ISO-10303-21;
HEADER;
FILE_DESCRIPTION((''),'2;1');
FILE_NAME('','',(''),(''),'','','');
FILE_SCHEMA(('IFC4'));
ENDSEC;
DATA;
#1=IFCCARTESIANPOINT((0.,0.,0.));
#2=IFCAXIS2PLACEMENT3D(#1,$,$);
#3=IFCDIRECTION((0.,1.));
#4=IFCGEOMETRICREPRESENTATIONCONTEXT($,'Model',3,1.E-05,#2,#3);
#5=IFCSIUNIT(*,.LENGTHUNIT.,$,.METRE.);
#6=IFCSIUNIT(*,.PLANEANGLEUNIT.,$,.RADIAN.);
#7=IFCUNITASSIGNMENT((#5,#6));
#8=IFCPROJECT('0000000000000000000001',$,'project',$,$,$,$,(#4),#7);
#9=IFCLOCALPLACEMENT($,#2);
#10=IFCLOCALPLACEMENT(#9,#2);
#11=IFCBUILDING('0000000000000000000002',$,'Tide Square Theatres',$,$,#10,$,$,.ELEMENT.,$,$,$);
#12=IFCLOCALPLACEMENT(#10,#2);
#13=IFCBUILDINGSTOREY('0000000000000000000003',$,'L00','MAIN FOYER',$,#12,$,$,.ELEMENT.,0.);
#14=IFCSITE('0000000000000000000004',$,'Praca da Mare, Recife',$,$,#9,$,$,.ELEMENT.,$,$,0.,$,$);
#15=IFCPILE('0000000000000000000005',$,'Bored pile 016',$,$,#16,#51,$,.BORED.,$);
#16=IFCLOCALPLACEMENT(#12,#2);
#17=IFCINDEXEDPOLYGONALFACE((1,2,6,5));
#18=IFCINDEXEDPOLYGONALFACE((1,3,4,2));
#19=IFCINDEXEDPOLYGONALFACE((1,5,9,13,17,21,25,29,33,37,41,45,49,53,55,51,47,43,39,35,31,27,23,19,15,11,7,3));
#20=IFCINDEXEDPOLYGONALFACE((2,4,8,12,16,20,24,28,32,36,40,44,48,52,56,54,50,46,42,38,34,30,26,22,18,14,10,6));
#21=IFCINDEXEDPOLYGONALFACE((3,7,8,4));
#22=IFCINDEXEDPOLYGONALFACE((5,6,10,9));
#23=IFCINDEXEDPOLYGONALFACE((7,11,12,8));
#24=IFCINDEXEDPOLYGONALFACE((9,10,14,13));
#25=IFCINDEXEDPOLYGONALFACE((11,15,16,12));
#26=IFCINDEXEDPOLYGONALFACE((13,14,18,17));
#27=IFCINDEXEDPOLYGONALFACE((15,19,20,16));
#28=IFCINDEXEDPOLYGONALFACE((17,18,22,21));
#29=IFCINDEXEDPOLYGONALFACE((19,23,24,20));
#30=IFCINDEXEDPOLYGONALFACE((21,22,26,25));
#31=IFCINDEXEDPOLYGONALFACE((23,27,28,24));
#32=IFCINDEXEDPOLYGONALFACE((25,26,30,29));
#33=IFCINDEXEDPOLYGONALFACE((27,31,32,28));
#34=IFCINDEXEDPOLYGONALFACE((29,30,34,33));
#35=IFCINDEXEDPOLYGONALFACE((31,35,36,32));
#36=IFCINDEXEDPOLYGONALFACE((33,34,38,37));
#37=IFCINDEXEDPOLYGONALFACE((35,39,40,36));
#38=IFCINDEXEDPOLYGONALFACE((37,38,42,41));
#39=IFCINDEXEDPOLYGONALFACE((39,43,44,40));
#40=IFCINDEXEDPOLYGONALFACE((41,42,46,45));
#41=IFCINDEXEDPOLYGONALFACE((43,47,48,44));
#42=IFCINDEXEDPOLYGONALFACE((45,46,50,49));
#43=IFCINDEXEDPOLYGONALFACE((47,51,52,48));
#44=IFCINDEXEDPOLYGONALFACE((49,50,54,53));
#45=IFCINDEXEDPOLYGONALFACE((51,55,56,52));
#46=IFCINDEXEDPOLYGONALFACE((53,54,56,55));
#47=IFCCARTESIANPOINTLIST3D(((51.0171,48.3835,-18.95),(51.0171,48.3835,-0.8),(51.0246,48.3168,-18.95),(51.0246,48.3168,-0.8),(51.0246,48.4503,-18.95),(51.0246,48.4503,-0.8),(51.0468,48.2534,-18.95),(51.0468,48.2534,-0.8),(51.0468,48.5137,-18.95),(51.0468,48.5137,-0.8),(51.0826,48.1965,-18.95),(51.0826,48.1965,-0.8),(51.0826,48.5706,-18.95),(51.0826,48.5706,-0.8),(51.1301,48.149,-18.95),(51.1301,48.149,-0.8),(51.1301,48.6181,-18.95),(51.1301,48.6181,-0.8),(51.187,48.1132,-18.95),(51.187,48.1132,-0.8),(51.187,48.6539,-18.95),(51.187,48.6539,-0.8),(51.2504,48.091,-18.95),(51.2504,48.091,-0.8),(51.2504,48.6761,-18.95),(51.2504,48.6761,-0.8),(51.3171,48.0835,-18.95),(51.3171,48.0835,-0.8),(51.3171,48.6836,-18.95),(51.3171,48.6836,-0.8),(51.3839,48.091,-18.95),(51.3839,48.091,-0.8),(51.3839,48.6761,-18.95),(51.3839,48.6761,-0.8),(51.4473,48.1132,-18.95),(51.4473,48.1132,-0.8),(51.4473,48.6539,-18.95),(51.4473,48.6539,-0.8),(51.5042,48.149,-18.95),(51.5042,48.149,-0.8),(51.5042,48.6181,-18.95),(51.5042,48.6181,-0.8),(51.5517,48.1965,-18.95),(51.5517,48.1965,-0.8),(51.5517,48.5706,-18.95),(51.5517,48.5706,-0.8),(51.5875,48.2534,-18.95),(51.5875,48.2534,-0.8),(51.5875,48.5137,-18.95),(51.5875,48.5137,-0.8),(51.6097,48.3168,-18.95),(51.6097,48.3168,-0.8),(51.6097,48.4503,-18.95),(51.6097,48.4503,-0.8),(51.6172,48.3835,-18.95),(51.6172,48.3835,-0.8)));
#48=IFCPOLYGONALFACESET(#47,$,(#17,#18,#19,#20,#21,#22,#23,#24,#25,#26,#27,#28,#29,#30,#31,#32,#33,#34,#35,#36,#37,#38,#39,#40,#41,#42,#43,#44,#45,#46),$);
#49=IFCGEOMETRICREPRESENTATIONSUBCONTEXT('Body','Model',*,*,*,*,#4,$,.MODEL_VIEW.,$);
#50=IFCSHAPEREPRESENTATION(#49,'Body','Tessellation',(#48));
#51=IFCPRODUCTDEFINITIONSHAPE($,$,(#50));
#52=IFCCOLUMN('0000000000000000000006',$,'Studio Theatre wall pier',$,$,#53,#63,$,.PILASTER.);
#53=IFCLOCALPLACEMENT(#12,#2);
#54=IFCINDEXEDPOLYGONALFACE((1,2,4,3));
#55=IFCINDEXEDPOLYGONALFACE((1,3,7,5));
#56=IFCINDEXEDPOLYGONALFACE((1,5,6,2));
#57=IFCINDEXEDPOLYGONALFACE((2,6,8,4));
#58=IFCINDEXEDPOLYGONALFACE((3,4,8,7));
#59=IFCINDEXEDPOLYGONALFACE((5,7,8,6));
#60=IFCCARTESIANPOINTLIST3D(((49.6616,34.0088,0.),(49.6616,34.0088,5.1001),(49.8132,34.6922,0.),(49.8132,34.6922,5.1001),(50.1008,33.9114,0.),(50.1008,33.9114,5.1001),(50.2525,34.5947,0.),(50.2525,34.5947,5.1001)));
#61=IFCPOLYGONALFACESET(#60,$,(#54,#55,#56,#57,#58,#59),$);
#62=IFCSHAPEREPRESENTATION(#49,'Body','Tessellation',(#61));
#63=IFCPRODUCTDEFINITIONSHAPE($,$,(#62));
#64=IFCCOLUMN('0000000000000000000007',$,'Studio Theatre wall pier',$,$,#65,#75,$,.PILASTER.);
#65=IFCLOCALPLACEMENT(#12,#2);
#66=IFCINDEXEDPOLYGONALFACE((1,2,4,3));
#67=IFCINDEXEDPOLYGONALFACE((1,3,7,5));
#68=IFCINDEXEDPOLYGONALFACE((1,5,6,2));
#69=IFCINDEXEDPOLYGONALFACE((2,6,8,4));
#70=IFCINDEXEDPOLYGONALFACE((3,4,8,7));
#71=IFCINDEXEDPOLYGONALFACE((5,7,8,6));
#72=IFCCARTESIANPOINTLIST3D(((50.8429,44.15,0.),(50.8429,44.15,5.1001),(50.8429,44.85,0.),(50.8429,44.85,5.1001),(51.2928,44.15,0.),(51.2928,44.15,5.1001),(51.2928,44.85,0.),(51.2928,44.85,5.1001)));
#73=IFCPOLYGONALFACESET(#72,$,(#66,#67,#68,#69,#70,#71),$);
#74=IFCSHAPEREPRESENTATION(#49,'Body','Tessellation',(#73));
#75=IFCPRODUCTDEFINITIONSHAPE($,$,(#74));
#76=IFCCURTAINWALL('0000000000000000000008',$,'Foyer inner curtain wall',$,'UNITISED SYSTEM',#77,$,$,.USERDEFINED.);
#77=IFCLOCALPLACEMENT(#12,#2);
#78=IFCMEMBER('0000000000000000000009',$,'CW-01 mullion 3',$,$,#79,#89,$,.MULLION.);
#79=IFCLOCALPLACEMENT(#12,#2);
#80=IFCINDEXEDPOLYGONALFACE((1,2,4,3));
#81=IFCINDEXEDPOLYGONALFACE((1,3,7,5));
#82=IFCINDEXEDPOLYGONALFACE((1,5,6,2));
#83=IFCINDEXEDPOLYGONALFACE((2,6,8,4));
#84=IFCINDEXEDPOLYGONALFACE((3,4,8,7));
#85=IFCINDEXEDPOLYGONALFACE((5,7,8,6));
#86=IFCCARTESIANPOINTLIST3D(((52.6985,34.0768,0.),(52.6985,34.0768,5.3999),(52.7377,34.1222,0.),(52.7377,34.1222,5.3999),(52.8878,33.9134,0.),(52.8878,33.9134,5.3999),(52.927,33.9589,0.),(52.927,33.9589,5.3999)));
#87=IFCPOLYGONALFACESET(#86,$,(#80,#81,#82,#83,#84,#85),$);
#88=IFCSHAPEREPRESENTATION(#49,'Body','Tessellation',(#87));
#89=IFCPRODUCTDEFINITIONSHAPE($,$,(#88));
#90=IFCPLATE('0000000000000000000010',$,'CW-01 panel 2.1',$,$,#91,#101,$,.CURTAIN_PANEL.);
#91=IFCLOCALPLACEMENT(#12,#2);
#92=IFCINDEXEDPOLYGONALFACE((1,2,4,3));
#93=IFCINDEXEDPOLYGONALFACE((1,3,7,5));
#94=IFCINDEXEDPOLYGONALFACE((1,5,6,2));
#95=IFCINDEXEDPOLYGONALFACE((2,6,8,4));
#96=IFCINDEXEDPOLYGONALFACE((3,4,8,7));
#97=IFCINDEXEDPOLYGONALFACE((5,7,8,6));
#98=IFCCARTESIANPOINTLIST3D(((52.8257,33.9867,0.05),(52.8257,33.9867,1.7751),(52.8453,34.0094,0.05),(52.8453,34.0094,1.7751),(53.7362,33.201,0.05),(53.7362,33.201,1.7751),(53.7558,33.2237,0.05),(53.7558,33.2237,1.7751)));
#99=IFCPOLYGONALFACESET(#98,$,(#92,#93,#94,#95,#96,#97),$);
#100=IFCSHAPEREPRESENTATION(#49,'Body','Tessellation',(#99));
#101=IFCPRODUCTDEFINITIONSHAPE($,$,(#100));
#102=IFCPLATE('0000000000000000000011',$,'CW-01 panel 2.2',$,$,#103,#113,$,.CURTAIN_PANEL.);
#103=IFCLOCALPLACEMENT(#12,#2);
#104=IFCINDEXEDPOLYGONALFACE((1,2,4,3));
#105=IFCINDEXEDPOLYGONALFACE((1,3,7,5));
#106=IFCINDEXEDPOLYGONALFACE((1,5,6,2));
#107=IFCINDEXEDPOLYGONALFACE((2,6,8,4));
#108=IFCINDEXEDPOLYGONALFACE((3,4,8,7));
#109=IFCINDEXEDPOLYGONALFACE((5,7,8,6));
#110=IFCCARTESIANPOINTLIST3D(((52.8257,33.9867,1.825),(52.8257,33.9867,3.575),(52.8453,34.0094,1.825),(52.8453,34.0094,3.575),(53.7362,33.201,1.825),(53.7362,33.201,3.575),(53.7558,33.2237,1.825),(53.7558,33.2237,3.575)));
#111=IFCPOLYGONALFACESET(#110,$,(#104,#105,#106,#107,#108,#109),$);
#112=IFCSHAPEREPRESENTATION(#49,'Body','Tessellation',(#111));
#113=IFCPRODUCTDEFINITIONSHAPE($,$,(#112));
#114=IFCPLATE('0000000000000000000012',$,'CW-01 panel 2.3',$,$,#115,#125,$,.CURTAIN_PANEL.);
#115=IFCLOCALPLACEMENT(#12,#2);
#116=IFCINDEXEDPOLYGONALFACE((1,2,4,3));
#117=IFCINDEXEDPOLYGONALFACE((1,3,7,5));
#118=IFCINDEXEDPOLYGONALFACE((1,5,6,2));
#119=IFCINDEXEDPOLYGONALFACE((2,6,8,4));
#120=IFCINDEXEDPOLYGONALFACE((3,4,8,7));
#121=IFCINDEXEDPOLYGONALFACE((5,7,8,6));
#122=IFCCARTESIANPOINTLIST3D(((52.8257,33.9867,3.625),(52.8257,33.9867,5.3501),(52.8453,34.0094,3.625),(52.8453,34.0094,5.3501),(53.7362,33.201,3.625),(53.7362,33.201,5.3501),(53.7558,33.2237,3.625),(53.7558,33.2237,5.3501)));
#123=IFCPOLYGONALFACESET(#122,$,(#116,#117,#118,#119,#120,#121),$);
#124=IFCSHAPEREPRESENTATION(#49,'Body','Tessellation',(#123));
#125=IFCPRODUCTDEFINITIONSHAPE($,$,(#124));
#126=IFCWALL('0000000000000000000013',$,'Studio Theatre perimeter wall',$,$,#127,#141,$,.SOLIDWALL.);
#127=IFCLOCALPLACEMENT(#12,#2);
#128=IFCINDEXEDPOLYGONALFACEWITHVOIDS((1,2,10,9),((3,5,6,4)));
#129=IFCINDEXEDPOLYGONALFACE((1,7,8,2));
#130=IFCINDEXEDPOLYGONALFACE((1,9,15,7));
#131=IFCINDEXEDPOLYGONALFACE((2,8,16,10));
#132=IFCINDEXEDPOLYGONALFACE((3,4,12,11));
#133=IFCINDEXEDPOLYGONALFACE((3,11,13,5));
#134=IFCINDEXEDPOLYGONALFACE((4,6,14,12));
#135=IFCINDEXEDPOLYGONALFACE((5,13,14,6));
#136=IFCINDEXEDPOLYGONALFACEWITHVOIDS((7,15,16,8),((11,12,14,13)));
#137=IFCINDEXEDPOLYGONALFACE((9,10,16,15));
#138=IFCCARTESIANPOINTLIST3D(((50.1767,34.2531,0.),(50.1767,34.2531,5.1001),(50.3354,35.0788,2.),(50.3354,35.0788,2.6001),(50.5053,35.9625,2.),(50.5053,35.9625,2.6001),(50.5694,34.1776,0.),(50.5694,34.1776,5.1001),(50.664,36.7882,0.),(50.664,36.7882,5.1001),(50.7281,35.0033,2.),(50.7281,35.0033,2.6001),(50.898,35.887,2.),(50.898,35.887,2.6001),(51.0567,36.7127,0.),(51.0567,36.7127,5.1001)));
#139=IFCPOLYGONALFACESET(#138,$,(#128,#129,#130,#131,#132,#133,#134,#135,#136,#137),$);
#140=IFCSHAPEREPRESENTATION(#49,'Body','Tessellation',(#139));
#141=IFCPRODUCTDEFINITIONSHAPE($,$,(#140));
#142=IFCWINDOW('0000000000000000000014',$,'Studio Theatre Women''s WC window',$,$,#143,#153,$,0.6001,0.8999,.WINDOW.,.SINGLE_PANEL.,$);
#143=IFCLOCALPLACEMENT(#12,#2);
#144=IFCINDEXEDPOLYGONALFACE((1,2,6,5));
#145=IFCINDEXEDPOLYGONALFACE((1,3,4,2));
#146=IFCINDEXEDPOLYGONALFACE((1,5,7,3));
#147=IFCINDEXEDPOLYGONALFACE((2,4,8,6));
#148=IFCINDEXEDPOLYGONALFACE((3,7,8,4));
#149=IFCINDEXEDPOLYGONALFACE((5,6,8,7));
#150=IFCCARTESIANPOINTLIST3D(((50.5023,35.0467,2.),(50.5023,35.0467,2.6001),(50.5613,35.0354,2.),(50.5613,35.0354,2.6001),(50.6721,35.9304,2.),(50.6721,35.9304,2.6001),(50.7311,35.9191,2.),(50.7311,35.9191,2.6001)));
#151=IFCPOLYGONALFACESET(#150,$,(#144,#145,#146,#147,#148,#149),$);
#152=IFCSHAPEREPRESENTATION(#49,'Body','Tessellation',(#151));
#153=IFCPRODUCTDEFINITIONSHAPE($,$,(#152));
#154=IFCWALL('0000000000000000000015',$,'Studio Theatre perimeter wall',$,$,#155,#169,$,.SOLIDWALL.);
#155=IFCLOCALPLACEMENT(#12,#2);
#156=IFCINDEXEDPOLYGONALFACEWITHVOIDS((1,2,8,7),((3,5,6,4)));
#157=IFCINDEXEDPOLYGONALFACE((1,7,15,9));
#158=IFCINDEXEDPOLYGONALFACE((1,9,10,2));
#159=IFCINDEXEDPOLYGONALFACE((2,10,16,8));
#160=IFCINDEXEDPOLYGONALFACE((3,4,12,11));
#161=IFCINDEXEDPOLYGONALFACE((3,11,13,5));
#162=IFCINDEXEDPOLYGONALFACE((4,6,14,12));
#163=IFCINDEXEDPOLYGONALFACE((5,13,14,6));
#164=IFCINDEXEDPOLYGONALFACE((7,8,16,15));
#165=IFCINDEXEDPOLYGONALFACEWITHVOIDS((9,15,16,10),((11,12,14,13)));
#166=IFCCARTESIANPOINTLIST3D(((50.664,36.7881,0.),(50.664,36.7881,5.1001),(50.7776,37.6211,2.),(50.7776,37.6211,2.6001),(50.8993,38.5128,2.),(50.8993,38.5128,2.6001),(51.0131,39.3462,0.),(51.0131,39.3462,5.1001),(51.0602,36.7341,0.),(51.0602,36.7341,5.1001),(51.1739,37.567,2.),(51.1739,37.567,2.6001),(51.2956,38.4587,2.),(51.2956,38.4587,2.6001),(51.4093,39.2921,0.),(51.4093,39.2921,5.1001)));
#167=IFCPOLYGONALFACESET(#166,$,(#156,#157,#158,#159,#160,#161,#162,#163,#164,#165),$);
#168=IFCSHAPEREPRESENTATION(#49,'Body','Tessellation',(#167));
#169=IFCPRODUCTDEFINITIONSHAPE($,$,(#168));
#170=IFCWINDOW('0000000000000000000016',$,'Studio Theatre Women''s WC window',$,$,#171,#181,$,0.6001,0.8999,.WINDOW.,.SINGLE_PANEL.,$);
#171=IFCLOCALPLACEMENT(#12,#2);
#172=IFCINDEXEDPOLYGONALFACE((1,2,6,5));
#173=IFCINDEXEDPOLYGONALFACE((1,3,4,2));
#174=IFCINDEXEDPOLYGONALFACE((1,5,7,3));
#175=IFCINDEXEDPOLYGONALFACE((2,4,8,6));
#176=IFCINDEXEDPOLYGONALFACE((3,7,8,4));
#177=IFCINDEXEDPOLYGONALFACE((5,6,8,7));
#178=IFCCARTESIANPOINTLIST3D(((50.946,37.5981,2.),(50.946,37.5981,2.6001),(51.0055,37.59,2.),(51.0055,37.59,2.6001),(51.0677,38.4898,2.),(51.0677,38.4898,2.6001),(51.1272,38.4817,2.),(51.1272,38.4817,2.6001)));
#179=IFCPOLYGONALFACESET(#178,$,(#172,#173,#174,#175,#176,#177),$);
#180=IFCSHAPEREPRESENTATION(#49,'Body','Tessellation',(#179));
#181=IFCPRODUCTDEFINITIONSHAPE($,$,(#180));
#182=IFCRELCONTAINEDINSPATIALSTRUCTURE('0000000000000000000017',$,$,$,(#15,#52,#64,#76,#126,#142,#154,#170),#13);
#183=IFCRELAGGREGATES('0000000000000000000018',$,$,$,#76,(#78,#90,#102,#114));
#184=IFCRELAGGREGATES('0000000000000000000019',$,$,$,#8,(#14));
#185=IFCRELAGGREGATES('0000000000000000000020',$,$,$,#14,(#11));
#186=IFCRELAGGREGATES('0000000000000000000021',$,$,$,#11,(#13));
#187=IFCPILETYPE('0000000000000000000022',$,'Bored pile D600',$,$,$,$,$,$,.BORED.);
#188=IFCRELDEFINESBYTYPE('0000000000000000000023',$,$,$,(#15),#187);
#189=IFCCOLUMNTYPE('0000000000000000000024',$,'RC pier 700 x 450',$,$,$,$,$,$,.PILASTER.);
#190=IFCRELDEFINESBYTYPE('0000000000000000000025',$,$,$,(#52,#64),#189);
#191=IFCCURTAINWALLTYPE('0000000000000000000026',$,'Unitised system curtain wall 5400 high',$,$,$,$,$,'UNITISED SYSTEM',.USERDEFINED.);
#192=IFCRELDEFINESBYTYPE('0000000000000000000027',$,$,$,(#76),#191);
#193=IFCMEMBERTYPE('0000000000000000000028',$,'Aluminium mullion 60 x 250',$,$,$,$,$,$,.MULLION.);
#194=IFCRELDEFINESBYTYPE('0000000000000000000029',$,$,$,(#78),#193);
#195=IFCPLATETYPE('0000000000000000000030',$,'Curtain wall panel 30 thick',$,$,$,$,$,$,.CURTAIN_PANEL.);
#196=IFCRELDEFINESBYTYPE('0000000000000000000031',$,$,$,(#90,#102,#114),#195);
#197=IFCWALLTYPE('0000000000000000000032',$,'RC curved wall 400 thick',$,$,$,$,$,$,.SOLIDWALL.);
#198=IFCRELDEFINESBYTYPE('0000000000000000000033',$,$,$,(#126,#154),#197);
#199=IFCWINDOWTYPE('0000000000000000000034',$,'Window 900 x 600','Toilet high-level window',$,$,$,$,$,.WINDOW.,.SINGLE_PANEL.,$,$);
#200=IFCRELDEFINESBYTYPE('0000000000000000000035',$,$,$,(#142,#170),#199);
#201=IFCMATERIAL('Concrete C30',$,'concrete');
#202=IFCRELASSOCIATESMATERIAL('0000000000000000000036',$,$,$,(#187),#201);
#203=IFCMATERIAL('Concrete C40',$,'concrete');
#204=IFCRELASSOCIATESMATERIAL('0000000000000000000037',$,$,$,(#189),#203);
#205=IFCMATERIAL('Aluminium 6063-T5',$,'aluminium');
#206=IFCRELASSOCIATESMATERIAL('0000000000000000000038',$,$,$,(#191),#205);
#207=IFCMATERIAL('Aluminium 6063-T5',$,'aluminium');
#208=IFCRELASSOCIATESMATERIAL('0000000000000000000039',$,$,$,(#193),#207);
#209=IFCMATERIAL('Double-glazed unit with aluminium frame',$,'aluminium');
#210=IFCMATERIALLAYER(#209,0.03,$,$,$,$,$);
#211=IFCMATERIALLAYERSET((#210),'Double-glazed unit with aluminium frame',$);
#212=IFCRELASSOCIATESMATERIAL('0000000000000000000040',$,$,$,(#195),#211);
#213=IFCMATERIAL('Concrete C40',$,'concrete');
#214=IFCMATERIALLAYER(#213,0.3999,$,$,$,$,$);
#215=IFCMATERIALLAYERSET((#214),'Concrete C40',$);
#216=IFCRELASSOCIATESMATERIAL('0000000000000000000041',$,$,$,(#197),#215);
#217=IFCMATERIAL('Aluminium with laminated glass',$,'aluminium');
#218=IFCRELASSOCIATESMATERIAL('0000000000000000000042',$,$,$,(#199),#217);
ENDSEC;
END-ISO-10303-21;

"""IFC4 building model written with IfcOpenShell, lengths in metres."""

from ifc_helpers import new_model, si_unit, direction, frame, frame_2d, origin, origin_2d, place, context, subcontext, project, spatial, rectangle, circle, extrude, material, layer, layer_set, material_profile, profile_set, type_object, element, fill, aggregate, save


model = new_model("IFC4")

# Units and contexts
model_context = context("Model", 3, precision=1e-05, world=origin(), true_north=direction((0.0, 1.0)))
body_context = subcontext(model_context, "Body", "Model", "MODEL_VIEW")
ifc_project = project(units=[si_unit("LENGTHUNIT", "METRE"), si_unit("PLANEANGLEUNIT", "RADIAN")], contexts=[model_context])

# Site, building, storey
site_placement = place(None, origin())
site = spatial("IfcSite", under=ifc_project, at=site_placement, Name="Praca da Mare, Recife", CompositionType="ELEMENT", RefElevation=0.0)
building_placement = place(site_placement, origin())
building = spatial("IfcBuilding", under=site, at=building_placement, Name="Tide Square Theatres", CompositionType="ELEMENT")
storey_placement = place(building_placement, origin())
storey = spatial("IfcBuildingStorey", under=building, at=storey_placement, Name="L00", Description="MAIN FOYER", CompositionType="ELEMENT", Elevation=0.0)

# Pile
ifc_material_1 = material(Name="Concrete C30", Category="concrete")
ifc_material_profile_1 = material_profile(ifc_material_1, circle(Radius=0.3, at=origin_2d()))
ifc_profile_set_1 = profile_set([ifc_material_profile_1], Name="Concrete C30")
pile_type = type_object("IfcPileType", Name="Bored pile D600", PredefinedType="BORED", material=ifc_profile_set_1)
for number, where, z_axis, x_axis, name in (
    (1, (51.3171, 48.3835, -0.8), (0.0, 0.0, -1.0), (1.0, 0.0, 0.0), "Bored pile 016"),
):
    element("IfcPile", number, at=place(storey_placement, frame(where, z_axis=z_axis, x_axis=x_axis)), inside=storey, type_object=pile_type, Name=name, PredefinedType="BORED", context=body_context, shape_type="SweptSolid", body=[
        extrude(circle(Radius=0.3, at=origin_2d()), origin(), (0.0, 0.0, 1.0), 18.1499),
    ])

# Columns
ifc_material_2 = material(Name="Concrete C40", Category="concrete")
ifc_material_profile_2 = material_profile(ifc_material_2, rectangle(XDim=0.7, YDim=0.45, at=origin_2d()))
ifc_profile_set_2 = profile_set([ifc_material_profile_2], Name="Concrete C40")
column_type = type_object("IfcColumnType", Name="RC pier 700 x 450", PredefinedType="PILASTER", material=ifc_profile_set_2)
for number, where, z_axis, x_axis, name in (
    (2, (49.957, 34.3018, 0.0), (0.0, 0.0, 1.0), (0.216641, 0.976251, 0.0), "Studio Theatre wall pier"),
    (3, (51.0679, 44.5, 0.0), (0.0, 0.0, 1.0), (0.0, 1.0, 0.0), "Studio Theatre wall pier"),
):
    element("IfcColumn", number, at=place(storey_placement, frame(where, z_axis=z_axis, x_axis=x_axis)), inside=storey, type_object=column_type, Name=name, PredefinedType="PILASTER", context=body_context, shape_type="SweptSolid", body=[
        extrude(rectangle(XDim=0.7, YDim=0.45, at=origin_2d()), origin(), (0.0, 0.0, 1.0), 5.1001),
    ])

# Curtain wall, member, plates
ifc_material_3 = material(Name="Aluminium 6063-T5", Category="aluminium")
curtain_wall_type = type_object("IfcCurtainWallType", Name="Unitised system curtain wall 5400 high", ElementType="UNITISED SYSTEM", PredefinedType="USERDEFINED", material=ifc_material_3)
curtain_wall_placement = place(storey_placement, origin())
curtain_wall = element("IfcCurtainWall", 4, at=curtain_wall_placement, inside=storey, type_object=curtain_wall_type, Name="Foyer inner curtain wall", ObjectType="UNITISED SYSTEM", PredefinedType="USERDEFINED")
ifc_material_4 = material(Name="Aluminium 6063-T5", Category="aluminium")
ifc_material_profile_3 = material_profile(ifc_material_4, rectangle(XDim=0.0601, YDim=0.25, at=origin_2d()))
ifc_profile_set_3 = profile_set([ifc_material_profile_3], Name="Aluminium 6063-T5")
member_type = type_object("IfcMemberType", Name="Aluminium mullion 60 x 250", PredefinedType="MULLION", material=ifc_profile_set_3)
member_placement = place(storey_placement, frame((52.8127, 34.0178, 0.0), z_axis=(0.0, 0.0, 1.0), x_axis=(-0.653311, -0.75709, 0.0)))
member = element("IfcMember", 5, at=member_placement, type_object=member_type, Name="CW-01 mullion 3", PredefinedType="MULLION", context=body_context, shape_type="SweptSolid", body=[
    extrude(rectangle(XDim=0.0601, YDim=0.25, at=origin_2d()), origin(), (0.0, 0.0, 1.0), 5.3999),
])
ifc_material_5 = material(Name="Double-glazed unit with aluminium frame", Category="aluminium")
ifc_layer_1 = layer(ifc_material_5, 0.03)
ifc_layer_set_1 = layer_set([ifc_layer_1], Name="Double-glazed unit with aluminium frame")
plate_type = type_object("IfcPlateType", Name="Curtain wall panel 30 thick", PredefinedType="CURTAIN_PANEL", material=ifc_layer_set_1)
plate_1_placement = place(storey_placement, frame((53.2908, 33.6052, 0.05), z_axis=(0.0, 0.0, 1.0), x_axis=(-0.75709, 0.653311, 0.0)))
plate_1 = element("IfcPlate", 6, at=plate_1_placement, type_object=plate_type, Name="CW-01 panel 2.1", PredefinedType="CURTAIN_PANEL", context=body_context, shape_type="SweptSolid", body=[
    extrude(rectangle(XDim=1.2026, YDim=0.03, at=origin_2d()), origin(), (0.0, 0.0, 1.0), 1.7251),
])
plate_2_placement = place(storey_placement, frame((53.2908, 33.6052, 1.825), z_axis=(0.0, 0.0, 1.0), x_axis=(-0.75709, 0.653311, 0.0)))
plate_2 = element("IfcPlate", 7, at=plate_2_placement, type_object=plate_type, Name="CW-01 panel 2.2", PredefinedType="CURTAIN_PANEL", context=body_context, shape_type="SweptSolid", body=[
    extrude(rectangle(XDim=1.2026, YDim=0.03, at=origin_2d()), origin(), (0.0, 0.0, 1.0), 1.75),
])
plate_3_placement = place(storey_placement, frame((53.2908, 33.6052, 3.625), z_axis=(0.0, 0.0, 1.0), x_axis=(-0.75709, 0.653311, 0.0)))
plate_3 = element("IfcPlate", 8, at=plate_3_placement, type_object=plate_type, Name="CW-01 panel 2.3", PredefinedType="CURTAIN_PANEL", context=body_context, shape_type="SweptSolid", body=[
    extrude(rectangle(XDim=1.2026, YDim=0.03, at=origin_2d()), origin(), (0.0, 0.0, 1.0), 1.7251),
])
aggregate(curtain_wall, [member, plate_1, plate_2, plate_3])

# Walls, openings, windows
ifc_material_6 = material(Name="Concrete C40", Category="concrete")
ifc_layer_2 = layer(ifc_material_6, 0.3999)
ifc_layer_set_2 = layer_set([ifc_layer_2], Name="Concrete C40")
wall_type_1 = type_object("IfcWallType", Name="RC curved wall 400 thick", PredefinedType="SOLIDWALL", material=ifc_layer_set_2)
wall_1_placement = place(storey_placement, frame((50.373, 34.2153, 0.0), z_axis=(0.0, 0.0, 1.0), x_axis=(0.188763, 0.982023, 0.0)))
wall_1 = element("IfcWall", 9, at=wall_1_placement, inside=storey, type_object=wall_type_1, Name="Studio Theatre perimeter wall", PredefinedType="SOLIDWALL", context=body_context, shape_type="SweptSolid", body=[
    extrude(rectangle(XDim=2.5815, YDim=0.3999, at=frame_2d((1.2908, 0.0))), origin(), (0.0, 0.0, 1.0), 5.1001),
])
opening_1_placement = place(wall_1_placement, frame((0.8408, 0.0, 2.0)))
opening_1 = element("IfcOpeningElement", 10, at=opening_1_placement, cuts=wall_1, PredefinedType="OPENING", context=body_context, shape_type="SweptSolid", body=[
    extrude(rectangle(XDim=0.8999, YDim=0.6001, at=frame_2d((0.45, 0.3))), frame((0.0, 0.21, 0.0), z_axis=(0.0, -1.0, 0.0), x_axis=(1.0, 0.0, 0.0)), (0.0, 0.0, 1.0), 0.4199),
])
ifc_material_7 = material(Name="Aluminium with laminated glass", Category="aluminium")
window_type_1 = type_object("IfcWindowType", Name="Window 900 x 600", Description="Toilet high-level window", PartitioningType="SINGLE_PANEL", PredefinedType="WINDOW", material=ifc_material_7)
window_1_placement = place(opening_1_placement, origin())
window_1 = element("IfcWindow", 11, at=window_1_placement, inside=storey, type_object=window_type_1, Name="Studio Theatre Women's WC window", OverallHeight=0.6001, OverallWidth=0.8999, PartitioningType="SINGLE_PANEL", PredefinedType="WINDOW", context=body_context, shape_type="SweptSolid", body=[
    extrude(rectangle(XDim=0.8999, YDim=0.6001, at=frame_2d((0.45, 0.3))), frame((0.0, 0.03, 0.0), z_axis=(0.0, -1.0, 0.0), x_axis=(1.0, 0.0, 0.0)), (0.0, 0.0, 1.0), 0.0601),
])
fill(opening_1, window_1)
wall_2_placement = place(storey_placement, frame((50.8621, 36.761, 0.0), z_axis=(0.0, 0.0, 1.0), x_axis=(0.135223, 0.990815, 0.0)))
wall_2 = element("IfcWall", 12, at=wall_2_placement, inside=storey, type_object=wall_type_1, Name="Studio Theatre perimeter wall", PredefinedType="SOLIDWALL", context=body_context, shape_type="SweptSolid", body=[
    extrude(rectangle(XDim=2.5818, YDim=0.3999, at=frame_2d((1.291, 0.0))), origin(), (0.0, 0.0, 1.0), 5.1001),
])
opening_2_placement = place(wall_2_placement, frame((0.8408, 0.0, 2.0)))
opening_2 = element("IfcOpeningElement", 13, at=opening_2_placement, cuts=wall_2, PredefinedType="OPENING", context=body_context, shape_type="SweptSolid", body=[
    extrude(rectangle(XDim=0.8999, YDim=0.6001, at=frame_2d((0.45, 0.3))), frame((0.0, 0.21, 0.0), z_axis=(0.0, -1.0, 0.0), x_axis=(1.0, 0.0, 0.0)), (0.0, 0.0, 1.0), 0.4199),
])
window_2_placement = place(opening_2_placement, origin())
window_2 = element("IfcWindow", 14, at=window_2_placement, inside=storey, type_object=window_type_1, Name="Studio Theatre Women's WC window", OverallHeight=0.6001, OverallWidth=0.8999, PartitioningType="SINGLE_PANEL", PredefinedType="WINDOW", context=body_context, shape_type="SweptSolid", body=[
    extrude(rectangle(XDim=0.8999, YDim=0.6001, at=frame_2d((0.45, 0.3))), frame((0.0, 0.03, 0.0), z_axis=(0.0, -1.0, 0.0), x_axis=(1.0, 0.0, 0.0)), (0.0, 0.0, 1.0), 0.0601),
])
fill(opening_2, window_2)

save(model, "model.ifc")
